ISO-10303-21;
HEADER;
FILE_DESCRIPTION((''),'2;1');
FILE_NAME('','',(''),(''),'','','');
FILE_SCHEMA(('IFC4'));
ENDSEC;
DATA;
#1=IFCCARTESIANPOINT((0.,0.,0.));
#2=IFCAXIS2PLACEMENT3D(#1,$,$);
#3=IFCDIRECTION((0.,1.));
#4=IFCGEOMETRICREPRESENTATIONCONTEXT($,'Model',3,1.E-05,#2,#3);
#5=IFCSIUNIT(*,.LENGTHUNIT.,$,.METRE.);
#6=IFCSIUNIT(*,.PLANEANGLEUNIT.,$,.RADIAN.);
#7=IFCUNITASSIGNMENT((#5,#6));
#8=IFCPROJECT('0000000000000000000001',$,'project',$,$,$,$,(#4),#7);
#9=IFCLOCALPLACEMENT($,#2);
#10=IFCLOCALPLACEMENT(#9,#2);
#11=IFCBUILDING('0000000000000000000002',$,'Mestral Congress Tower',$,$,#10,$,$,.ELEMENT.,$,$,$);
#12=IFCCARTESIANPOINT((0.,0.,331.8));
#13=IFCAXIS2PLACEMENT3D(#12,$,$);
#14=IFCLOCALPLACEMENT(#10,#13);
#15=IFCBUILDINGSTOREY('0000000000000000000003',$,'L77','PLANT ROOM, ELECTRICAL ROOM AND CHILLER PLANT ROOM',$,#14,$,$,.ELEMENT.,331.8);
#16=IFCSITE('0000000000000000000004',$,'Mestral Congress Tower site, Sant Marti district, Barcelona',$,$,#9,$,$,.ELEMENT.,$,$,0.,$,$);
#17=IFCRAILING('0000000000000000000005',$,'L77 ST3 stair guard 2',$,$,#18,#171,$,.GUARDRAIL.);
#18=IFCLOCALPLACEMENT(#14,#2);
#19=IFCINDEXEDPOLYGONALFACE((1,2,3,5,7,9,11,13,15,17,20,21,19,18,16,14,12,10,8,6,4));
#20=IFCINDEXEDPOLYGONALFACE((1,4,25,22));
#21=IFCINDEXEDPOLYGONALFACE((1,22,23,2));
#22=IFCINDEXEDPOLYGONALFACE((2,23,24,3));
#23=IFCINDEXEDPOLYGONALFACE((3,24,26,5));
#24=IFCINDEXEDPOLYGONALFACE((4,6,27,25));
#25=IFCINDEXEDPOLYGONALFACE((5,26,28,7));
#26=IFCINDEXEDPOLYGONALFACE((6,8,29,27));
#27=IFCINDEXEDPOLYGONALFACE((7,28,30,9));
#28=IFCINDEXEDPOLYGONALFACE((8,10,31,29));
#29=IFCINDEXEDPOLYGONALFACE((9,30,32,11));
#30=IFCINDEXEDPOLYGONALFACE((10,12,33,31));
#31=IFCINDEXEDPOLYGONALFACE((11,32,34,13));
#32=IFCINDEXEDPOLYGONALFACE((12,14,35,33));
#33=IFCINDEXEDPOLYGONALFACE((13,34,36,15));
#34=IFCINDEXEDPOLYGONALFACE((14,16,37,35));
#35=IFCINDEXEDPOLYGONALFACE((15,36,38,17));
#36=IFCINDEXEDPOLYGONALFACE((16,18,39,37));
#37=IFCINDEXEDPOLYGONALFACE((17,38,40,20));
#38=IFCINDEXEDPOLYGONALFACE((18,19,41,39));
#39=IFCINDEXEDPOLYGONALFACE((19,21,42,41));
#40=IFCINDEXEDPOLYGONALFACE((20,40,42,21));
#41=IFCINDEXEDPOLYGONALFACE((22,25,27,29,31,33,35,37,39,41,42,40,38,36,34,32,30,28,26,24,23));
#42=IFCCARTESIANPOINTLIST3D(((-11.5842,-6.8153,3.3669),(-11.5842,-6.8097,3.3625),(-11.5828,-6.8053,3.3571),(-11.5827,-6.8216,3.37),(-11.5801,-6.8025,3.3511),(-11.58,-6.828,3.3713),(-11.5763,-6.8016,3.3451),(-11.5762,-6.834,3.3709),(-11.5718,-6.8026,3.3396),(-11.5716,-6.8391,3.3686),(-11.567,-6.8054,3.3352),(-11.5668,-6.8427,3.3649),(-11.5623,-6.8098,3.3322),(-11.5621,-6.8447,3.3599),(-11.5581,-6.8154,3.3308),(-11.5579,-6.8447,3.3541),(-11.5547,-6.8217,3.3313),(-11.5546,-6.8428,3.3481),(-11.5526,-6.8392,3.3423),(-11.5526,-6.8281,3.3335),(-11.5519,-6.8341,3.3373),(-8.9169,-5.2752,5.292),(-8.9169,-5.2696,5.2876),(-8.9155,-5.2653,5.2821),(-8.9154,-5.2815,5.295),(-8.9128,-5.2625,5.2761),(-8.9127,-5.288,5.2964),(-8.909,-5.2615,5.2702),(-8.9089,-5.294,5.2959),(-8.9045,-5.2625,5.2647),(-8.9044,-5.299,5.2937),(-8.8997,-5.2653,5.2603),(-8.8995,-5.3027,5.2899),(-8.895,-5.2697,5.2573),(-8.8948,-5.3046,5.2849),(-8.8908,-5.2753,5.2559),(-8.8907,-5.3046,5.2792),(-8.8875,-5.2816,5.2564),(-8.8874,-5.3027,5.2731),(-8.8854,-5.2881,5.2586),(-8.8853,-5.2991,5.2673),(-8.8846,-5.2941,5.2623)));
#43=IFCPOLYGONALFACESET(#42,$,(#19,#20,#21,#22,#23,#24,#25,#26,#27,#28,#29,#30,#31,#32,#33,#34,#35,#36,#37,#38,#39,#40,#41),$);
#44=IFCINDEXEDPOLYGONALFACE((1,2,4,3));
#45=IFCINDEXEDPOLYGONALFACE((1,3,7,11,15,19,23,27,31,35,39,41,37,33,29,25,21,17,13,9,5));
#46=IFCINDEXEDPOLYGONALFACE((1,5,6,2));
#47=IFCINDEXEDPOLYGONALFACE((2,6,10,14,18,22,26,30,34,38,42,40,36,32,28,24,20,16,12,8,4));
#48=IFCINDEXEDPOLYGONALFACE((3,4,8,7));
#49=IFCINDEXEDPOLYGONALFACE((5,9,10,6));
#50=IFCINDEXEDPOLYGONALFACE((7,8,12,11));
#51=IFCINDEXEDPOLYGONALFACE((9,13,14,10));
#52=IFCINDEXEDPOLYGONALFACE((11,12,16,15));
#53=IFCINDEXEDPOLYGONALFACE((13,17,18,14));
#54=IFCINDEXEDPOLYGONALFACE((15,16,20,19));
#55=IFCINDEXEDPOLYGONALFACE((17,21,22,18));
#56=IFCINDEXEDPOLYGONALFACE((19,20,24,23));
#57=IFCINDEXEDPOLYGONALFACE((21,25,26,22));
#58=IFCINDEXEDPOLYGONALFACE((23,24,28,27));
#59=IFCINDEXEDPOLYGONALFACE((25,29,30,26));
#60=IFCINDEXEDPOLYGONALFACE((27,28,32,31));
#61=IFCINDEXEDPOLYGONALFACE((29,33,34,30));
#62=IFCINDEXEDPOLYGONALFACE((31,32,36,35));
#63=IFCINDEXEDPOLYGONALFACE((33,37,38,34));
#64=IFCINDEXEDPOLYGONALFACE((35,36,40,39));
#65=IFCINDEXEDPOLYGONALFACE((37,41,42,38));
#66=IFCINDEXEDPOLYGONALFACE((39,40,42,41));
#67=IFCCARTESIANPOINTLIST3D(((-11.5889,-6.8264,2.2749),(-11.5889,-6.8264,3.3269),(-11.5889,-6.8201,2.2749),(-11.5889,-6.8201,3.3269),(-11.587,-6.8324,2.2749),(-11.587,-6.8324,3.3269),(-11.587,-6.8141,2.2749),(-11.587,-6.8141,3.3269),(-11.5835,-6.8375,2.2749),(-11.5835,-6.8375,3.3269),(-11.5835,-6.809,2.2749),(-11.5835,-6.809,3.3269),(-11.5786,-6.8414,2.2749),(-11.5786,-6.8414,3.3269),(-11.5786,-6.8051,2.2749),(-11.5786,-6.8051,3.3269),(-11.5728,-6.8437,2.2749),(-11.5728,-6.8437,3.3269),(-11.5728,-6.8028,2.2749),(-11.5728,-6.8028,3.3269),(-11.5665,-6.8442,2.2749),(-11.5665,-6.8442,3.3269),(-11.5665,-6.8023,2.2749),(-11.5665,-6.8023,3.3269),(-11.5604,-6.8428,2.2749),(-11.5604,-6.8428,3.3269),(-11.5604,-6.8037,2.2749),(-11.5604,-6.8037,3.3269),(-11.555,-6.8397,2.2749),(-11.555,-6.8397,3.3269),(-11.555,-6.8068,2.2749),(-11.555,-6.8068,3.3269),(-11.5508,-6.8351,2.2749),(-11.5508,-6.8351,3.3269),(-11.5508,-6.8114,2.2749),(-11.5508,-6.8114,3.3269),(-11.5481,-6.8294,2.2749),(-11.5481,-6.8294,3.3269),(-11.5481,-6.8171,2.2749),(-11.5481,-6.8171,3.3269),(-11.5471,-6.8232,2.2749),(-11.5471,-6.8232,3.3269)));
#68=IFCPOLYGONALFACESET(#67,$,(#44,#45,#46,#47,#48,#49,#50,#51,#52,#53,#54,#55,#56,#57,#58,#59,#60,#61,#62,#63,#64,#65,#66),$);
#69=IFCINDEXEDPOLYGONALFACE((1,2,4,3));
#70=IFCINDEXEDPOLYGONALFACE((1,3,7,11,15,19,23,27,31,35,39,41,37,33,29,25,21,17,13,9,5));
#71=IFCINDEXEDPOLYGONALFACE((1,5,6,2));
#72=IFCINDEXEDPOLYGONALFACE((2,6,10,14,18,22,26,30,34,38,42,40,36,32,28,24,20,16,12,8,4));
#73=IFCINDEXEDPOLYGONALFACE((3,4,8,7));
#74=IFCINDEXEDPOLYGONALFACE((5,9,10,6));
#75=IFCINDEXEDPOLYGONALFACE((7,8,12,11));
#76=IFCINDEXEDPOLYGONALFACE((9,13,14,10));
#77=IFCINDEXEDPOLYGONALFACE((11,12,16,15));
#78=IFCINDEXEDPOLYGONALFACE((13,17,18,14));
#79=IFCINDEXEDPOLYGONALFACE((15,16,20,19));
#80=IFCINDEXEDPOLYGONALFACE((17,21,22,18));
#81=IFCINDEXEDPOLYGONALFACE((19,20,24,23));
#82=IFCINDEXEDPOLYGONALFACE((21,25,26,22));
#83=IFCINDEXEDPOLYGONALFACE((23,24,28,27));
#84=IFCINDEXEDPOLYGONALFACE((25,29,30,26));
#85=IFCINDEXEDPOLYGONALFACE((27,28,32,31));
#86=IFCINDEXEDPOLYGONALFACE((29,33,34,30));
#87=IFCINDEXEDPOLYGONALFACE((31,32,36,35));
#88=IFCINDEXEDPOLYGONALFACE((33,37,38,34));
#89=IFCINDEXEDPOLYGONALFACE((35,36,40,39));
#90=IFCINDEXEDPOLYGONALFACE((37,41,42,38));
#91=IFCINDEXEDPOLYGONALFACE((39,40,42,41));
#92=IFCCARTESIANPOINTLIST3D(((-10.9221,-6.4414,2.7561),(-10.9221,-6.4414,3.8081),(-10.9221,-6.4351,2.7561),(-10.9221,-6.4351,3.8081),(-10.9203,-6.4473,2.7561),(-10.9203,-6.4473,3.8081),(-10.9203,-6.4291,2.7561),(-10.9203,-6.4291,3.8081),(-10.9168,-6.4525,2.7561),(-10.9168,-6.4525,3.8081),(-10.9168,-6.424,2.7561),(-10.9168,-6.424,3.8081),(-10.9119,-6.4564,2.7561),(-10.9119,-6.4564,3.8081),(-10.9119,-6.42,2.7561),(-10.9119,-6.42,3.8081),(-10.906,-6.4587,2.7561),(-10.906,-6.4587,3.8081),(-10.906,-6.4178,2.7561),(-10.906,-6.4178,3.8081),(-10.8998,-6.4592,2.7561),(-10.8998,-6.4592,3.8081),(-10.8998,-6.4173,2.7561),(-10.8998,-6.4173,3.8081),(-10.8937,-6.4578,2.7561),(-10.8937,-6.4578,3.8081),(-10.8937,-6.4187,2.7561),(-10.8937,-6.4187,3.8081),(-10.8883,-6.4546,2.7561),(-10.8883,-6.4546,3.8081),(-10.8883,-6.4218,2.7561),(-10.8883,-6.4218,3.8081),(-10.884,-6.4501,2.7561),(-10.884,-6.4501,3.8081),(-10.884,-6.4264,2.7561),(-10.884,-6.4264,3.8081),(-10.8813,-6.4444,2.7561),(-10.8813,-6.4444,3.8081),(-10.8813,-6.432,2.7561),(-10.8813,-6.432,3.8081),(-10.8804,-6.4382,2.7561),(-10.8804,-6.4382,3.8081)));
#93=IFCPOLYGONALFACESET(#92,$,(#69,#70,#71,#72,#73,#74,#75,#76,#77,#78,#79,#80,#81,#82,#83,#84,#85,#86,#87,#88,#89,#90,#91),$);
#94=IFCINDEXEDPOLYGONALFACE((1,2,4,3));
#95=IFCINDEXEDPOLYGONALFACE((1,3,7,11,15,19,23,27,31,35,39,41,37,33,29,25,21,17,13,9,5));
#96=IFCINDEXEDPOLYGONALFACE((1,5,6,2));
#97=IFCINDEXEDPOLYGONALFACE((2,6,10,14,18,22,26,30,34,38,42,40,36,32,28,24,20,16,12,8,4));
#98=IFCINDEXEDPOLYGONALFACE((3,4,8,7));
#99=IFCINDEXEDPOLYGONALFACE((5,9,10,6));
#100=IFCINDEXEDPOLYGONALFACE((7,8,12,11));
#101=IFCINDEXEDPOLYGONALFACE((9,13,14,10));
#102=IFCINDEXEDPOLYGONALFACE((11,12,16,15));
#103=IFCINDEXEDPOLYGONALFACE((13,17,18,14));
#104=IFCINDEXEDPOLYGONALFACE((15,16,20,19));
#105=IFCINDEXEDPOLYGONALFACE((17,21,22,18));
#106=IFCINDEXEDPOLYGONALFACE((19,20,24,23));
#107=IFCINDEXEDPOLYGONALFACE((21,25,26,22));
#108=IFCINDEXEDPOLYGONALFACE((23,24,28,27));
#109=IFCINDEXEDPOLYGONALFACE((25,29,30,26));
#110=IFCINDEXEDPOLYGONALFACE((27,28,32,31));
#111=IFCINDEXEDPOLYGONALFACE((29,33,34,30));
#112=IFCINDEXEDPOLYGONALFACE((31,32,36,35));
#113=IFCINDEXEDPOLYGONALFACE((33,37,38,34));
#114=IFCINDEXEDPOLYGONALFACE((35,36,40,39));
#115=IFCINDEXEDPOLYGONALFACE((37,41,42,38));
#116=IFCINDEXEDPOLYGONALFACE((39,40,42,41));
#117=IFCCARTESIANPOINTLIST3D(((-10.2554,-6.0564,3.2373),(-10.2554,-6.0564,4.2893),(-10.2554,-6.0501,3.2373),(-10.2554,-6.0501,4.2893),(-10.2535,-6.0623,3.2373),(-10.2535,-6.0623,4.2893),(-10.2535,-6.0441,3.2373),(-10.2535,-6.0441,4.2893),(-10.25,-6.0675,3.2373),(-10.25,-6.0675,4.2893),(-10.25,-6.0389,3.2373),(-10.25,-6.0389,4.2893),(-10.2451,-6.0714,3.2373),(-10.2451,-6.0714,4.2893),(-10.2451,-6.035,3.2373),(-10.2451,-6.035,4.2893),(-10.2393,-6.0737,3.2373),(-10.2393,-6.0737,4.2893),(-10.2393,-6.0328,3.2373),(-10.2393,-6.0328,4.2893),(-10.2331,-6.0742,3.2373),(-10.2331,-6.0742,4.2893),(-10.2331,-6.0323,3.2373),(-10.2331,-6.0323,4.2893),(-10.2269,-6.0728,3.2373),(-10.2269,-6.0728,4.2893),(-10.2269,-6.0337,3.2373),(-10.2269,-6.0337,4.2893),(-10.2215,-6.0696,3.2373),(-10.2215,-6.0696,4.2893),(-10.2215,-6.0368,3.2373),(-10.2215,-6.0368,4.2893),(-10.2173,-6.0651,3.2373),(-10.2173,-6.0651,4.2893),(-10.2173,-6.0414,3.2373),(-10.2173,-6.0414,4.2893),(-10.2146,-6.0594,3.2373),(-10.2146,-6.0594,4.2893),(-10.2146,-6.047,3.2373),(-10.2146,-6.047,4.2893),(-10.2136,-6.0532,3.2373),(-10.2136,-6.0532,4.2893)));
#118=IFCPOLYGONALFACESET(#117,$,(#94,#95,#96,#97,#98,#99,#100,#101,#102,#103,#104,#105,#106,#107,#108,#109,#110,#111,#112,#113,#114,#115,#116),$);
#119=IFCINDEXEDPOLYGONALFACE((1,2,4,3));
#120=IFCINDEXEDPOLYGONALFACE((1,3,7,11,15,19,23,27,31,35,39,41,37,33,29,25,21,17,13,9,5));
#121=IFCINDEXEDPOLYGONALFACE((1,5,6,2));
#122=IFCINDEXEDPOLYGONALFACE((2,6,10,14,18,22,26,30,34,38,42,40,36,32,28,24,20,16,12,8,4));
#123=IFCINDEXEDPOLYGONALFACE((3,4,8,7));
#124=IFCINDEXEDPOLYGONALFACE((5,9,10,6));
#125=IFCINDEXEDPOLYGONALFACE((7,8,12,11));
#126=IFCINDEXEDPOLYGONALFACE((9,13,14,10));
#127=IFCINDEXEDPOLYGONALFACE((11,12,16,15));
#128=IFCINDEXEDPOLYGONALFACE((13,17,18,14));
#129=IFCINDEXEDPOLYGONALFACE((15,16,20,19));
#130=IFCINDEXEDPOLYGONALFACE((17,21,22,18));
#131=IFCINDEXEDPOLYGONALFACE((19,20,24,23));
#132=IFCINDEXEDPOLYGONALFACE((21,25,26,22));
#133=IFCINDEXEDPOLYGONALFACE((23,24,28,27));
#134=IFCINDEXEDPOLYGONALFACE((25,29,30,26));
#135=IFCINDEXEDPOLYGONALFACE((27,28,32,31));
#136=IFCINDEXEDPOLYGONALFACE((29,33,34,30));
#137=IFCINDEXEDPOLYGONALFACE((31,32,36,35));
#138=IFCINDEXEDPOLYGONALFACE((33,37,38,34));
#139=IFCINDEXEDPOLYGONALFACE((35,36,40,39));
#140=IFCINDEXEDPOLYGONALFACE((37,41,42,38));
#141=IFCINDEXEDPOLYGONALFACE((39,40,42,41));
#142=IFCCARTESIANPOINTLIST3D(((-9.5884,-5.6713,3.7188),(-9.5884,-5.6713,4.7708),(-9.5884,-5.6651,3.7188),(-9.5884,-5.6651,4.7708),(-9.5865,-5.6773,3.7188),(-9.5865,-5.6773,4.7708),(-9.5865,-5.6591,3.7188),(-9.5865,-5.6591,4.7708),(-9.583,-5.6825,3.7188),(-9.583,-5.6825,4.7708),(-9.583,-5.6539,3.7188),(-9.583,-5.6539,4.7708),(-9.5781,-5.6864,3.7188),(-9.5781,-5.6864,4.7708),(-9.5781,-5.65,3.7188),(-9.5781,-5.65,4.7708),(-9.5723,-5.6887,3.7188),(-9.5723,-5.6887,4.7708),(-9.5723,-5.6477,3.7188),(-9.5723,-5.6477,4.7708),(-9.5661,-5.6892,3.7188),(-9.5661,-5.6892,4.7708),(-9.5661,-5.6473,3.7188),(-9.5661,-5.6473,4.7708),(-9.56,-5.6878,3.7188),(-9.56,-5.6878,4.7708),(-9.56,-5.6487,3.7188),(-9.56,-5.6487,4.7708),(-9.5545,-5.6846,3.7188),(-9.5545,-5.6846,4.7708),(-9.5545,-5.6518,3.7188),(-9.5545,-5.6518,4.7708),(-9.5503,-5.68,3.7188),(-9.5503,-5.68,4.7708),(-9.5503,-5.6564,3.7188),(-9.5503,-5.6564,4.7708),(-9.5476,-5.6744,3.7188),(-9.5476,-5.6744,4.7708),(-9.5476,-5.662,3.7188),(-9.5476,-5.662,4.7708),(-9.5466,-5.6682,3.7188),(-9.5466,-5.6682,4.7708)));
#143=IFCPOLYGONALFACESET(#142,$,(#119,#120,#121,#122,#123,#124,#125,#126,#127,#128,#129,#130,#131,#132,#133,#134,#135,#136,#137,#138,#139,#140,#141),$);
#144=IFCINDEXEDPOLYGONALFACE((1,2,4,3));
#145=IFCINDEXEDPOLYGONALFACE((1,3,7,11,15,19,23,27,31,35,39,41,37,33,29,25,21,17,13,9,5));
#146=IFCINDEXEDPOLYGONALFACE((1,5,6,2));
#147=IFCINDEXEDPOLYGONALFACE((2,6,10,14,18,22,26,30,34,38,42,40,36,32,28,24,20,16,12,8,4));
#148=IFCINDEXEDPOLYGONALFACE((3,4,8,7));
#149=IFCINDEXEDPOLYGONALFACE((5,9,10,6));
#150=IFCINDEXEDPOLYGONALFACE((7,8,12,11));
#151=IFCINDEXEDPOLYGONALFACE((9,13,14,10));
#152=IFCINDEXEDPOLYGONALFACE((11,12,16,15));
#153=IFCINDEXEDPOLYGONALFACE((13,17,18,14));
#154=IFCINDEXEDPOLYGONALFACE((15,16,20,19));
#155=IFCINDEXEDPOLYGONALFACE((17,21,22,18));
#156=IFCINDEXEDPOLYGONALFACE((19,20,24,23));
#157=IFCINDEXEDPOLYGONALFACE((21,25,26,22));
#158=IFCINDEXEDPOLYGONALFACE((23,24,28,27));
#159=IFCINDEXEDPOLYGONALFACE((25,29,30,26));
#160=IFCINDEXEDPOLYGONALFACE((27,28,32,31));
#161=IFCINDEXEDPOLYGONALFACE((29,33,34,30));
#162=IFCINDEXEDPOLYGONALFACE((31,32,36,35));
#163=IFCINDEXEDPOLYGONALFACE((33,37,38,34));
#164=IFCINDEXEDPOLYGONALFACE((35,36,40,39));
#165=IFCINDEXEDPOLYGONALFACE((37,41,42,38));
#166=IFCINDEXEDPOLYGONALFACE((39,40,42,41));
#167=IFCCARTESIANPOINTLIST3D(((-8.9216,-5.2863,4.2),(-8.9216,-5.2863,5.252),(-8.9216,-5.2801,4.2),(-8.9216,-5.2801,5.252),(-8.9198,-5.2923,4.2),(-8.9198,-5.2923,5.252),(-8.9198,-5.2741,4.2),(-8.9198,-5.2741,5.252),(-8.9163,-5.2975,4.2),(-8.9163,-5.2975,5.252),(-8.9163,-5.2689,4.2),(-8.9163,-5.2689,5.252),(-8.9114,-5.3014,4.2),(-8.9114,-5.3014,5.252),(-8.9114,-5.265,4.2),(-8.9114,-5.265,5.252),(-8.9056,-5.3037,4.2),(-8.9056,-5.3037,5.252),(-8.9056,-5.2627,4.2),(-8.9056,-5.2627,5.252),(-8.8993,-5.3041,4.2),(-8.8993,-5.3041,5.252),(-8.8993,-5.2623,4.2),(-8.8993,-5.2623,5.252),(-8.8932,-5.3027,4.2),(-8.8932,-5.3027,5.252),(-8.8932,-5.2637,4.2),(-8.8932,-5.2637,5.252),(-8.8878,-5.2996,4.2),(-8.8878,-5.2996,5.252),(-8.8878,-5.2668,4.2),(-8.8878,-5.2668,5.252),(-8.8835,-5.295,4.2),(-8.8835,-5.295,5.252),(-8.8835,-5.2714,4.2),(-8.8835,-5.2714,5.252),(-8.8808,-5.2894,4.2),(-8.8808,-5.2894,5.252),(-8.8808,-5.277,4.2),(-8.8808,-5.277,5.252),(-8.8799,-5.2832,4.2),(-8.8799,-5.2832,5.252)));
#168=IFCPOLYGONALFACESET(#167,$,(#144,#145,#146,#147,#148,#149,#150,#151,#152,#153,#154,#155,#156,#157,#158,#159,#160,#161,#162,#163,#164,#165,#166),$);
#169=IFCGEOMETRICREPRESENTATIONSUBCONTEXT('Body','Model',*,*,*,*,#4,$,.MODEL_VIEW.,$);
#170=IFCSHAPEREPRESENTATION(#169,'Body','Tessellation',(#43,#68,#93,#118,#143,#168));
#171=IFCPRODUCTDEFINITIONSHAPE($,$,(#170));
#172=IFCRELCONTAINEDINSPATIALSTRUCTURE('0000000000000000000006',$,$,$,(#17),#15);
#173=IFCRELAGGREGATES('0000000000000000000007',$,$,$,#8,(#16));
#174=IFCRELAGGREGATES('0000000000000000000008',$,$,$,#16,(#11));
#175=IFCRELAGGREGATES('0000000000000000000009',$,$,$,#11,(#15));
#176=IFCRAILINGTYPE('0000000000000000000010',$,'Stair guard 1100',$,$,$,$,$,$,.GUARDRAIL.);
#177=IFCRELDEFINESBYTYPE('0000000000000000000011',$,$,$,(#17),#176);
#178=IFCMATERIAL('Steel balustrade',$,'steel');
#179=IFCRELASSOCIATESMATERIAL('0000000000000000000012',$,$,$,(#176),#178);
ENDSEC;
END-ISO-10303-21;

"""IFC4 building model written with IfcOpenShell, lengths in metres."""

from ifc_helpers import new_model, si_unit, direction, frame, origin, origin_2d, place, context, subcontext, project, spatial, circle, extrude, material, type_object, element, save


model = new_model("IFC4")

# Units and contexts
model_context = context("Model", 3, precision=1e-05, world=origin(), true_north=direction((0.0, 1.0)))
body_context = subcontext(model_context, "Body", "Model", "MODEL_VIEW")
ifc_project = project(units=[si_unit("LENGTHUNIT", "METRE"), si_unit("PLANEANGLEUNIT", "RADIAN")], contexts=[model_context])

# Site, building, storey
site_placement = place(None, origin())
site = spatial("IfcSite", under=ifc_project, at=site_placement, Name="Mestral Congress Tower site, Sant Marti district, Barcelona", CompositionType="ELEMENT", RefElevation=0.0)
building_placement = place(site_placement, origin())
building = spatial("IfcBuilding", under=site, at=building_placement, Name="Mestral Congress Tower", CompositionType="ELEMENT")
storey_placement = place(building_placement, frame((0.0, 0.0, 331.8)))
storey = spatial("IfcBuildingStorey", under=building, at=storey_placement, Name="L77", Description="PLANT ROOM, ELECTRICAL ROOM AND CHILLER PLANT ROOM", CompositionType="ELEMENT", Elevation=331.8)

# Railing
ifc_material_1 = material(Name="Steel balustrade", Category="steel")
railing_type_1 = type_object("IfcRailingType", Name="Stair guard 1100", PredefinedType="GUARDRAIL", material=ifc_material_1)
railing_1_placement = place(storey_placement, frame((-11.5681, -6.8232, 2.2749)))
element("IfcRailing", 1, at=railing_1_placement, inside=storey, type_object=railing_type_1, Name="L77 ST3 stair guard 2", PredefinedType="GUARDRAIL", context=body_context, shape_type="SweptSolid", body=[
    extrude(circle(Radius=0.0239, at=origin_2d()), frame((0.0, 0.0, 1.0762), z_axis=(0.734364, 0.424015, 0.530019), x_axis=(-0.500027, 0.86601, 0.0)), (0.0, 0.0, 1.0), 3.6321),
    extrude(circle(Radius=0.021, at=origin_2d()), origin(), (0.0, 0.0, 1.0), 1.052),
    extrude(circle(Radius=0.021, at=origin_2d()), frame((0.6667, 0.385, 0.4812)), (0.0, 0.0, 1.0), 1.052),
    extrude(circle(Radius=0.021, at=origin_2d()), frame((1.3335, 0.77, 0.9624)), (0.0, 0.0, 1.0), 1.052),
    extrude(circle(Radius=0.021, at=origin_2d()), frame((2.0005, 1.155, 1.4438)), (0.0, 0.0, 1.0), 1.052),
    extrude(circle(Radius=0.021, at=origin_2d()), frame((2.6672, 1.54, 1.925)), (0.0, 0.0, 1.0), 1.052),
])

save(model, "model.ifc")
